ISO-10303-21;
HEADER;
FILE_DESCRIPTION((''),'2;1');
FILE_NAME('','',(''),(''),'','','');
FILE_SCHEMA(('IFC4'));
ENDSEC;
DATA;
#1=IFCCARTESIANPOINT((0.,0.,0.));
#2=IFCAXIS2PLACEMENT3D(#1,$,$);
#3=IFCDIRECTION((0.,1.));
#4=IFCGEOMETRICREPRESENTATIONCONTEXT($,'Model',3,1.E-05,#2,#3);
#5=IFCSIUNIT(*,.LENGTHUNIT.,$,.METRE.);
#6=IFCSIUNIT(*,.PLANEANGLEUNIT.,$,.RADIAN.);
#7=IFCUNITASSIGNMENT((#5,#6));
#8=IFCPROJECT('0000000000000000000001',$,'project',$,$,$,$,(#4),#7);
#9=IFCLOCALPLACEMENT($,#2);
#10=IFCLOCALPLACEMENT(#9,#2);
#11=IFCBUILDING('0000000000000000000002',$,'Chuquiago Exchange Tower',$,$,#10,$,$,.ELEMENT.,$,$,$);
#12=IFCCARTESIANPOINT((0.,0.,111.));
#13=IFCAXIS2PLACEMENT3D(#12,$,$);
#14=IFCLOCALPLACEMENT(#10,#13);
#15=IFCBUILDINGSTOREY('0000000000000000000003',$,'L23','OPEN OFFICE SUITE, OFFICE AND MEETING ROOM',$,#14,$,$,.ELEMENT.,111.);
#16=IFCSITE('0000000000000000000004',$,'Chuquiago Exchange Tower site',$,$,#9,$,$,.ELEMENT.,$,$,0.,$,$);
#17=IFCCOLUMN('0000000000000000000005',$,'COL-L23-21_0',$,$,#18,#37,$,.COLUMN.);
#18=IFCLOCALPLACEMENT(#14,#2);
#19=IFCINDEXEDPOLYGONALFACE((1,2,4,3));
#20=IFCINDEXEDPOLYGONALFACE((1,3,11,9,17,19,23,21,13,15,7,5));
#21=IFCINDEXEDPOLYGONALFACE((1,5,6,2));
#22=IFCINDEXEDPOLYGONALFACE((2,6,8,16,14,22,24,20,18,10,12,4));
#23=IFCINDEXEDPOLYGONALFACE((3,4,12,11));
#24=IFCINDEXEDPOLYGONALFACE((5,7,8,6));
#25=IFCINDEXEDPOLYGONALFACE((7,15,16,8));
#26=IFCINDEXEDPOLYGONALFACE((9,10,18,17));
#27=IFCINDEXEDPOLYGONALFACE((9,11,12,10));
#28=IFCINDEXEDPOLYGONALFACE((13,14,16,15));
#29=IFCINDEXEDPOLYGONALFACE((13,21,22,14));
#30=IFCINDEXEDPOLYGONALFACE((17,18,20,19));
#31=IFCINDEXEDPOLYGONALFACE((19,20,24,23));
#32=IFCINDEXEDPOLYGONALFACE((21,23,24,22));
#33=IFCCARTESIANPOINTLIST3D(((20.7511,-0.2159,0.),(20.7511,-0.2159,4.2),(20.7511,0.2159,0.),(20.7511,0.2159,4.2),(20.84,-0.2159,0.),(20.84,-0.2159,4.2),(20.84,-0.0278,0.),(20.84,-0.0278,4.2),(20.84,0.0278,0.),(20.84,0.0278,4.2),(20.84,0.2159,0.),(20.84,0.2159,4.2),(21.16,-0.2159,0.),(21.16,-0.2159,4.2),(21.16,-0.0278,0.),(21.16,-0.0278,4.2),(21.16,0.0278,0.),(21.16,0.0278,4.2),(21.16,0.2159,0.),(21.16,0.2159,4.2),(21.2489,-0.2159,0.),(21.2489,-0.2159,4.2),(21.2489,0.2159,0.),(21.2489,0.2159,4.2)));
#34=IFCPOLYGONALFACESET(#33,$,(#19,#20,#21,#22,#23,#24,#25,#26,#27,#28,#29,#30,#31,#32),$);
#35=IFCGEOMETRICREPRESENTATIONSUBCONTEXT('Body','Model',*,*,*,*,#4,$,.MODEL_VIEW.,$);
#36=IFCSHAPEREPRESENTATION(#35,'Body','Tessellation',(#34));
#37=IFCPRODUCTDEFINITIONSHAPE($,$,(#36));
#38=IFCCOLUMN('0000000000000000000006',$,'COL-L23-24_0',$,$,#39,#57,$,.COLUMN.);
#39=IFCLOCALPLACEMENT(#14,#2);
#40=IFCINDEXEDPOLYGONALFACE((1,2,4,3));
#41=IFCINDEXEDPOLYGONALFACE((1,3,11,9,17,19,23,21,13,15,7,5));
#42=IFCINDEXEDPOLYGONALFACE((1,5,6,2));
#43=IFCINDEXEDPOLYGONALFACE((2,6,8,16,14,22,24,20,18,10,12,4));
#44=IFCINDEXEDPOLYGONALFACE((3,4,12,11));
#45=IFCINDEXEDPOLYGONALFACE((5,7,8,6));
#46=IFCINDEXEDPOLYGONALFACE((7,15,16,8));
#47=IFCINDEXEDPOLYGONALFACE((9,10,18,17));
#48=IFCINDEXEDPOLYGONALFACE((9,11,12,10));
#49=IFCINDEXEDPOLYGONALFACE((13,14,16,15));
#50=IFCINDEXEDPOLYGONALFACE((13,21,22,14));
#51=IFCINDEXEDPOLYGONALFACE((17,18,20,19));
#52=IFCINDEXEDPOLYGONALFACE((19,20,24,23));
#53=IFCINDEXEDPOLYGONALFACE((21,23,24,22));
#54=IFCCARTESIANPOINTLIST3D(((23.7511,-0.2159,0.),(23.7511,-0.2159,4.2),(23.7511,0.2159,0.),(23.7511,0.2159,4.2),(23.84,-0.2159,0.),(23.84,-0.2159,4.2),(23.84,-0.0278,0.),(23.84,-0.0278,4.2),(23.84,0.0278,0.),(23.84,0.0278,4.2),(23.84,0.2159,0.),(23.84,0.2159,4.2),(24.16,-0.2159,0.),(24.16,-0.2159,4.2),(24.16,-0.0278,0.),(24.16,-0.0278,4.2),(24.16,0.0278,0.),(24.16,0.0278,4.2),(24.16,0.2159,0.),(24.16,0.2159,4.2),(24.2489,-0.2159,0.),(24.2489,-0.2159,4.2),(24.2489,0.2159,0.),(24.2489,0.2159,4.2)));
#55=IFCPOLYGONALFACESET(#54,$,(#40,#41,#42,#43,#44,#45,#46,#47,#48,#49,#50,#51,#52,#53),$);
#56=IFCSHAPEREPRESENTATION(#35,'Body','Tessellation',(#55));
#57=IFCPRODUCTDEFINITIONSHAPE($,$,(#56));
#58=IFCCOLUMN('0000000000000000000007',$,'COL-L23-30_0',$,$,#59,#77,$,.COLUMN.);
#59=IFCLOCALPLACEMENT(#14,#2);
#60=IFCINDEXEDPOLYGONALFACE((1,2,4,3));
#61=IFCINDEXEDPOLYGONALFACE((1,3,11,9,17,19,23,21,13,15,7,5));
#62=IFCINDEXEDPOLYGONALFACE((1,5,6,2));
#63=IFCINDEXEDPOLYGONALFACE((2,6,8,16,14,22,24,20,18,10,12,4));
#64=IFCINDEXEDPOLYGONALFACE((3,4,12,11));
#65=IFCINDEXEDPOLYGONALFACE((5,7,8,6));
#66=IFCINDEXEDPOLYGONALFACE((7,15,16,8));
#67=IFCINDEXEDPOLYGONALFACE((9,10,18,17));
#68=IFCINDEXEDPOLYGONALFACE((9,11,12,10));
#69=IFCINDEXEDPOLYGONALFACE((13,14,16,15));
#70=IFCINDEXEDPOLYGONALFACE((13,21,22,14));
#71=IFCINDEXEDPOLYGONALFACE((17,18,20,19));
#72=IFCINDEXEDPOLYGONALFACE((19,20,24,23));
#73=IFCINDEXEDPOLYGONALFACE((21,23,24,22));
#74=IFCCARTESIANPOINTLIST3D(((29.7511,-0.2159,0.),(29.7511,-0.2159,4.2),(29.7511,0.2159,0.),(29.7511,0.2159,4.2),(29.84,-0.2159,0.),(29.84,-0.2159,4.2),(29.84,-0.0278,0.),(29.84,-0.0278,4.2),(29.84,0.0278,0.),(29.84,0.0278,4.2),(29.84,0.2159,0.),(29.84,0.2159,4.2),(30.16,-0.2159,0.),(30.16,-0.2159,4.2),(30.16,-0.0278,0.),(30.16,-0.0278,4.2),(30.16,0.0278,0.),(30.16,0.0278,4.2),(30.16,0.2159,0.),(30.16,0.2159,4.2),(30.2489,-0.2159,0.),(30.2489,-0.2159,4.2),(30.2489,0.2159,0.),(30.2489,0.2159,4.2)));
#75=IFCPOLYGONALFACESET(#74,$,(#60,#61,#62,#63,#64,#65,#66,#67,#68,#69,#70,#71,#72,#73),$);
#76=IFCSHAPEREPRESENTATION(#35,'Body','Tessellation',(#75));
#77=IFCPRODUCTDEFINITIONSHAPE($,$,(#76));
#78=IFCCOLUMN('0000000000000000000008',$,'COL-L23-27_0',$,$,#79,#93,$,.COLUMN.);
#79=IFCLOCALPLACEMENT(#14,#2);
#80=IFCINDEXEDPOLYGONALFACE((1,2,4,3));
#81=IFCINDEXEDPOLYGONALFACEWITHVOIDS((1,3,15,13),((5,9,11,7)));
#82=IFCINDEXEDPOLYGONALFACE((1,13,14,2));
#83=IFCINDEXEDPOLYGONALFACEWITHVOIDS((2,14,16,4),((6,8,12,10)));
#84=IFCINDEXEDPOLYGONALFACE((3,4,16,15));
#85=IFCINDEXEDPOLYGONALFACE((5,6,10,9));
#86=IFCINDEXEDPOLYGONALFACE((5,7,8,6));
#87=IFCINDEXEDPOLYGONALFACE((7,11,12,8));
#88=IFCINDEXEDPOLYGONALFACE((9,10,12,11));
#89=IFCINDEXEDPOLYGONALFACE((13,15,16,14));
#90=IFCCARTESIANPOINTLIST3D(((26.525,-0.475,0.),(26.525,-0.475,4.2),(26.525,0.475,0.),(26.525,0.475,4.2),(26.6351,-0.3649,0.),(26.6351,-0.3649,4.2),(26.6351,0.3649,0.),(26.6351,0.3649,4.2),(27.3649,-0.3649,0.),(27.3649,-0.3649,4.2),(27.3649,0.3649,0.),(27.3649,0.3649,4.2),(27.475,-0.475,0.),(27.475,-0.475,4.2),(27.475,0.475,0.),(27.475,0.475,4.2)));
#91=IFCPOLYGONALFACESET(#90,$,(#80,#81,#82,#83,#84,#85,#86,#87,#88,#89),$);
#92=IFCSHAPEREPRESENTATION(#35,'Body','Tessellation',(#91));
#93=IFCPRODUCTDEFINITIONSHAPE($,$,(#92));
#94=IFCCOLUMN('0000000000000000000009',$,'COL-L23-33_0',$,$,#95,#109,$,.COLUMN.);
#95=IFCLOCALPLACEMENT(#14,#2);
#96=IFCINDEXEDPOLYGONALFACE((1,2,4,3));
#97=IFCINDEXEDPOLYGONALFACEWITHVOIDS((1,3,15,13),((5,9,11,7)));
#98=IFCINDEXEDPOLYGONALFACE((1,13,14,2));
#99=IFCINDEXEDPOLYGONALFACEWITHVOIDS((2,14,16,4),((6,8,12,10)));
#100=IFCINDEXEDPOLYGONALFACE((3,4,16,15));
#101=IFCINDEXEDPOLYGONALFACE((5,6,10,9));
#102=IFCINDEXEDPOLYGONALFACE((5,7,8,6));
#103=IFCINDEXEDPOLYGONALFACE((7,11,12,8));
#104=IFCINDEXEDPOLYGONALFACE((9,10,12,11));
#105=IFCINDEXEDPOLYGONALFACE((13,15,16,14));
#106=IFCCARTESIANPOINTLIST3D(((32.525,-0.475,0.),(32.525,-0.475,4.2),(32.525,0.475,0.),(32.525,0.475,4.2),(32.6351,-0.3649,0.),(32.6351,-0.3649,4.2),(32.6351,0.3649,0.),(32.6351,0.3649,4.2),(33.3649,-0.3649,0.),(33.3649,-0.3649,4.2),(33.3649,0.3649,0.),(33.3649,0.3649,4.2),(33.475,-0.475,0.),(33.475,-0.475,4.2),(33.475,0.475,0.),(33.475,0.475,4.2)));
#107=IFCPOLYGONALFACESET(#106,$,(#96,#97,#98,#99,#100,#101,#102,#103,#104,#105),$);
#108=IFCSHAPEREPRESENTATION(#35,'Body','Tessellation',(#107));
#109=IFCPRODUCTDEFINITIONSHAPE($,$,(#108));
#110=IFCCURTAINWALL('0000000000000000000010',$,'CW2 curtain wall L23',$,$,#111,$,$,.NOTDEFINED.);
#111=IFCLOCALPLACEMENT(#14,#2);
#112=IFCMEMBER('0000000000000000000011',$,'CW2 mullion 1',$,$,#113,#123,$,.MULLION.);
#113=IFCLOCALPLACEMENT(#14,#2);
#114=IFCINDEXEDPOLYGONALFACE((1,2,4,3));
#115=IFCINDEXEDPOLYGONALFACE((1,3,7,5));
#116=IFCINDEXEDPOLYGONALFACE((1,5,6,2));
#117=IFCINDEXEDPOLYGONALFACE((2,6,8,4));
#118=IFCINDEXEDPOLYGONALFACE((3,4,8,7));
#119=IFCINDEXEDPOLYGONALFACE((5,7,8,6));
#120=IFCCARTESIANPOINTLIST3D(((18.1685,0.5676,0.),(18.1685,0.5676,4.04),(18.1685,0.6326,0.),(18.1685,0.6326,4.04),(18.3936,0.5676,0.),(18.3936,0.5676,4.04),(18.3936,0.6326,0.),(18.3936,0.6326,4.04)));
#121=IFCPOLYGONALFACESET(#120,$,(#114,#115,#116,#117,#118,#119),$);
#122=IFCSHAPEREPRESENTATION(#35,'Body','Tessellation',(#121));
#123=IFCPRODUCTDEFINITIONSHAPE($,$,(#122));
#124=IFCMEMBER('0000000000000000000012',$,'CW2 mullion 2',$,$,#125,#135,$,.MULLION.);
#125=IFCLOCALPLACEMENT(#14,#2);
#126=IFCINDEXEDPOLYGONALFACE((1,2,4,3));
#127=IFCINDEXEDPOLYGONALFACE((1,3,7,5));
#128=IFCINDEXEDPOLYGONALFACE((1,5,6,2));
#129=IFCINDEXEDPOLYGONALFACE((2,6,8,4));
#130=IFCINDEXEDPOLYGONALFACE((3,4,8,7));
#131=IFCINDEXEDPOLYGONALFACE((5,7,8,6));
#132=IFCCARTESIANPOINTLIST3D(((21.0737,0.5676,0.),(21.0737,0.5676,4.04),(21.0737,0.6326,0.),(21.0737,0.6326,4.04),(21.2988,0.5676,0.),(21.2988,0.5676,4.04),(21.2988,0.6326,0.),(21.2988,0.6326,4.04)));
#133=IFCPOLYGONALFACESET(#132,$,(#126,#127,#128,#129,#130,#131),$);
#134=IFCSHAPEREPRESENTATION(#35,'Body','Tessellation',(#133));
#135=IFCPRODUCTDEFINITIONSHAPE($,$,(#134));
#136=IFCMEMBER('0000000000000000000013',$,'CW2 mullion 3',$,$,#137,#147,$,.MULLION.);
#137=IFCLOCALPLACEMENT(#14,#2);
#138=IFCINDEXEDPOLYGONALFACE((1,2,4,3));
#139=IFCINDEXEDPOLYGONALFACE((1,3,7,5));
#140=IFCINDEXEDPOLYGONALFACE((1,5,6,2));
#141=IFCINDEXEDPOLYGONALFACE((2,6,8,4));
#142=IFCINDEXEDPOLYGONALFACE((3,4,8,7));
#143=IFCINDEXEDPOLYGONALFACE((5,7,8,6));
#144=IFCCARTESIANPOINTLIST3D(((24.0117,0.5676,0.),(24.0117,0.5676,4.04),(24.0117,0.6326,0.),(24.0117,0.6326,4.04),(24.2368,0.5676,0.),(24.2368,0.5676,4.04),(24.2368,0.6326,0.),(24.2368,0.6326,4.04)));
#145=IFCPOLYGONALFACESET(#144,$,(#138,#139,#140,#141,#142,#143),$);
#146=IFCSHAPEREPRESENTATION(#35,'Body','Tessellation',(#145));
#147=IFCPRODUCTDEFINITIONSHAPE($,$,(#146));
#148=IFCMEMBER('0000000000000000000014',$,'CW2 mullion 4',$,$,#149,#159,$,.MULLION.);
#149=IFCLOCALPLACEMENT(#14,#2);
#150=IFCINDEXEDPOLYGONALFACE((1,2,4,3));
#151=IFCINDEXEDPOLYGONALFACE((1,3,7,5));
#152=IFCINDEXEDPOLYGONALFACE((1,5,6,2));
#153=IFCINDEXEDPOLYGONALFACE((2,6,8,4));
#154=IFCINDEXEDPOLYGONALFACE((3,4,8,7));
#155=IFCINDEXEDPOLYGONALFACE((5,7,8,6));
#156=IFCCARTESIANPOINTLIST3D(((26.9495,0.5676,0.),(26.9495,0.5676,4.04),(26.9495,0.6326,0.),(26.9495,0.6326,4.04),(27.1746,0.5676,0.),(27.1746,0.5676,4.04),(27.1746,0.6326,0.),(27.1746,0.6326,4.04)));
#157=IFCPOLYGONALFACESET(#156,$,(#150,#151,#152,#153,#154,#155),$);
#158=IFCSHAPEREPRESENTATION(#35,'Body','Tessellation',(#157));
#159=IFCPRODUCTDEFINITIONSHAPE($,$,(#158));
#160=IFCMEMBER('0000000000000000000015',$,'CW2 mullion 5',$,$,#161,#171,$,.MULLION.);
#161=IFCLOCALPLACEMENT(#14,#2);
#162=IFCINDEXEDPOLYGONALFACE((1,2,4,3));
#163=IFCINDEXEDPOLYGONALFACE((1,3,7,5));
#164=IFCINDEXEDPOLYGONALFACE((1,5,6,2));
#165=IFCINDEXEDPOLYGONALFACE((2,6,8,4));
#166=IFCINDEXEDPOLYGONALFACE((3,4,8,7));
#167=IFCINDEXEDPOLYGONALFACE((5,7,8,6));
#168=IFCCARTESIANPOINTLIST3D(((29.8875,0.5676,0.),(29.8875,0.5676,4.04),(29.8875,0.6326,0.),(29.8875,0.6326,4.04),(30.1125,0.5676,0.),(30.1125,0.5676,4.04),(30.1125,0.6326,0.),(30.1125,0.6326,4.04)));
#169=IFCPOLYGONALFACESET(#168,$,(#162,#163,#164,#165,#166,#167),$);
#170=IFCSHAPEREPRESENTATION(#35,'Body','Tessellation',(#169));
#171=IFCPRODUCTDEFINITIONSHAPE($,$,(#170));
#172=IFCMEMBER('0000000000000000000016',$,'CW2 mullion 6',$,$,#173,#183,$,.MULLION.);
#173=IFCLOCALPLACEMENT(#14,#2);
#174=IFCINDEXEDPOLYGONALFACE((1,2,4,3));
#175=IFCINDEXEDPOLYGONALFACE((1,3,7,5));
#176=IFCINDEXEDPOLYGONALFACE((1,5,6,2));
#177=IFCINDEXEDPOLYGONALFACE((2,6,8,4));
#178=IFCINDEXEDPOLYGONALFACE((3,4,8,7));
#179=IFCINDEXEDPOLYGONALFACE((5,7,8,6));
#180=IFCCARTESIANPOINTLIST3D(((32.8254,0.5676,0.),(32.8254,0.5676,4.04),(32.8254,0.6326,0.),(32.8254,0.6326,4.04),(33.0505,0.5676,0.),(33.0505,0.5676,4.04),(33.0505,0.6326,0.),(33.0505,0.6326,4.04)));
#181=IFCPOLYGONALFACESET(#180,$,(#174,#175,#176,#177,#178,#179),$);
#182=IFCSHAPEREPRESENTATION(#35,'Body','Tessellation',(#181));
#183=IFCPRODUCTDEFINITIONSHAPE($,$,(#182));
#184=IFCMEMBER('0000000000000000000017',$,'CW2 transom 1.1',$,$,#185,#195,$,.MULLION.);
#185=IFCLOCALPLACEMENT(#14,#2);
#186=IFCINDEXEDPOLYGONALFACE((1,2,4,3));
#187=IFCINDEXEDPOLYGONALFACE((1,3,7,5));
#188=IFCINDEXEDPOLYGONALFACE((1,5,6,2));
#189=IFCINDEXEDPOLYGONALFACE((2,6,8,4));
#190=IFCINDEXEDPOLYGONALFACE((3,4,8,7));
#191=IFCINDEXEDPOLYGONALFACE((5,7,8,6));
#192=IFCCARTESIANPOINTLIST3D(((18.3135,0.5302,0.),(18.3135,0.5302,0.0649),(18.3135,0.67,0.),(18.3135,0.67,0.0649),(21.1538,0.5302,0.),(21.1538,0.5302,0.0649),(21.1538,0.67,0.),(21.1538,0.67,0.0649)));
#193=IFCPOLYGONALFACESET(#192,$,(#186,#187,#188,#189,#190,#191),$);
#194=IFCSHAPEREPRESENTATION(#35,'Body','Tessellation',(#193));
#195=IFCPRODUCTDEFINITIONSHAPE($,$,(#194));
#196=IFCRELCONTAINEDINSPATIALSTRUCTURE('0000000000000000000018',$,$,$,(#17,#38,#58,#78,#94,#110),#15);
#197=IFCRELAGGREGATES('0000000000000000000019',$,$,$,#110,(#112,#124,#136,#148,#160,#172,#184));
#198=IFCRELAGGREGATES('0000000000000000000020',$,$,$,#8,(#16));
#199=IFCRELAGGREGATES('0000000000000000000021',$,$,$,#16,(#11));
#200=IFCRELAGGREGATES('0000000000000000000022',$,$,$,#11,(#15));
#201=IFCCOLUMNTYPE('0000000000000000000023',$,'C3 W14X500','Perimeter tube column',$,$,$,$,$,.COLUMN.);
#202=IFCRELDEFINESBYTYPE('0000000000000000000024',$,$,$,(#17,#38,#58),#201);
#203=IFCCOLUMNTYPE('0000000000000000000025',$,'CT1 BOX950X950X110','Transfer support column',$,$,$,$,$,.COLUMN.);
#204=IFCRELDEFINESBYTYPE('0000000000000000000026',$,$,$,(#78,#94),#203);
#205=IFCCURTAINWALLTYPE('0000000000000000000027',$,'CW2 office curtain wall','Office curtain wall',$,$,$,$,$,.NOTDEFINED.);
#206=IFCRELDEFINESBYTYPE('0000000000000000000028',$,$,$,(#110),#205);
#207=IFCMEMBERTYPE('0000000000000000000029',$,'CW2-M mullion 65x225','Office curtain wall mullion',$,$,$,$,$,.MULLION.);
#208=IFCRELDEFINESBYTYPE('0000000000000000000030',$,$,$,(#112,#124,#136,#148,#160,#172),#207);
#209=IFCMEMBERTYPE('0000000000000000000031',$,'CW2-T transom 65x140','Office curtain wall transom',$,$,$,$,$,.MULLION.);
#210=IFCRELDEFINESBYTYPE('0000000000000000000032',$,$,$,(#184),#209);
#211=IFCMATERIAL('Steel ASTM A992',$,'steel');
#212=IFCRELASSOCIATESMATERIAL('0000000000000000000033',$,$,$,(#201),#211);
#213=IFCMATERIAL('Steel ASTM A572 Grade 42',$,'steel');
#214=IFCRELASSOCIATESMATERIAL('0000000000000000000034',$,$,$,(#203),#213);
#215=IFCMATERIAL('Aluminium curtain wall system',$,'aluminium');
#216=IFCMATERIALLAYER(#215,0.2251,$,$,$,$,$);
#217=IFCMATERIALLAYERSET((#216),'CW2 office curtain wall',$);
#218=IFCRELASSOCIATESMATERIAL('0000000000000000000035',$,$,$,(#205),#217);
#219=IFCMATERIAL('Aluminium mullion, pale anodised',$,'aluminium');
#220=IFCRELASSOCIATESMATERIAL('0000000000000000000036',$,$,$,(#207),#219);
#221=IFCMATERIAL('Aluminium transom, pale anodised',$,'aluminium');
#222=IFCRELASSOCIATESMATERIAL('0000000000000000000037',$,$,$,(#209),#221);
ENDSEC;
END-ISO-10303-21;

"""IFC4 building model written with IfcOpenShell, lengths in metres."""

from ifc_helpers import new_model, si_unit, direction, frame, origin, origin_2d, place, context, subcontext, project, spatial, rectangle, hollow_rectangle, i_section, extrude, material, layer, layer_set, material_profile, profile_set, type_object, element, aggregate, save


model = new_model("IFC4")

# Units and contexts
model_context = context("Model", 3, precision=1e-05, world=origin(), true_north=direction((0.0, 1.0)))
body_context = subcontext(model_context, "Body", "Model", "MODEL_VIEW")
ifc_project = project(units=[si_unit("LENGTHUNIT", "METRE"), si_unit("PLANEANGLEUNIT", "RADIAN")], contexts=[model_context])

# Site, building, storey
site_placement = place(None, origin())
site = spatial("IfcSite", under=ifc_project, at=site_placement, Name="Chuquiago Exchange Tower site", CompositionType="ELEMENT", RefElevation=0.0)
building_placement = place(site_placement, origin())
building = spatial("IfcBuilding", under=site, at=building_placement, Name="Chuquiago Exchange Tower", CompositionType="ELEMENT")
storey_placement = place(building_placement, frame((0.0, 0.0, 111.0)))
storey = spatial("IfcBuildingStorey", under=building, at=storey_placement, Name="L23", Description="OPEN OFFICE SUITE, OFFICE AND MEETING ROOM", CompositionType="ELEMENT", Elevation=111.0)

# Columns
ifc_material_1 = material(Name="Steel ASTM A992", Category="steel")
ifc_material_profile_1 = material_profile(ifc_material_1, i_section(OverallWidth=0.4319, OverallDepth=0.4978, WebThickness=0.0557, FlangeThickness=0.0889, at=origin_2d()), Name="W14X500")
ifc_profile_set_1 = profile_set([ifc_material_profile_1], Name="Steel ASTM A992")
column_type_1 = type_object("IfcColumnType", Name="C3 W14X500", Description="Perimeter tube column", PredefinedType="COLUMN", material=ifc_profile_set_1)
for number, where, z_axis, x_axis, name in (
    (1, (21.0, 0.0, 0.0), (0.0, 0.0, 1.0), (0.0, -1.0, 0.0), "COL-L23-21_0"),
    (2, (24.0, 0.0, 0.0), (0.0, 0.0, 1.0), (0.0, -1.0, 0.0), "COL-L23-24_0"),
    (3, (30.0, 0.0, 0.0), (0.0, 0.0, 1.0), (0.0, -1.0, 0.0), "COL-L23-30_0"),
):
    element("IfcColumn", number, at=place(storey_placement, frame(where, z_axis=z_axis, x_axis=x_axis)), inside=storey, type_object=column_type_1, Name=name, PredefinedType="COLUMN", context=body_context, shape_type="SweptSolid", body=[
        extrude(i_section(OverallWidth=0.4319, OverallDepth=0.4978, WebThickness=0.0557, FlangeThickness=0.0889, at=origin_2d()), origin(), (0.0, 0.0, 1.0), 4.2),
    ])
ifc_material_2 = material(Name="Steel ASTM A572 Grade 42", Category="steel")
ifc_material_profile_2 = material_profile(ifc_material_2, hollow_rectangle(XDim=0.95, YDim=0.95, WallThickness=0.1101, at=origin_2d()), Name="BOX950X950X110")
ifc_profile_set_2 = profile_set([ifc_material_profile_2], Name="Steel ASTM A572 Grade 42")
column_type_2 = type_object("IfcColumnType", Name="CT1 BOX950X950X110", Description="Transfer support column", PredefinedType="COLUMN", material=ifc_profile_set_2)
for number, where, z_axis, x_axis, name in (
    (4, (27.0, 0.0, 0.0), (0.0, 0.0, 1.0), (0.0, -1.0, 0.0), "COL-L23-27_0"),
    (5, (33.0, 0.0, 0.0), (0.0, 0.0, 1.0), (0.0, -1.0, 0.0), "COL-L23-33_0"),
):
    element("IfcColumn", number, at=place(storey_placement, frame(where, z_axis=z_axis, x_axis=x_axis)), inside=storey, type_object=column_type_2, Name=name, PredefinedType="COLUMN", context=body_context, shape_type="SweptSolid", body=[
        extrude(hollow_rectangle(XDim=0.95, YDim=0.95, WallThickness=0.1101, at=origin_2d()), origin(), (0.0, 0.0, 1.0), 4.2),
    ])

# Curtain wall, members
ifc_material_3 = material(Name="Aluminium curtain wall system", Category="aluminium")
ifc_layer_1 = layer(ifc_material_3, 0.2251)
ifc_layer_set_1 = layer_set([ifc_layer_1], Name="CW2 office curtain wall")
curtain_wall_type_1 = type_object("IfcCurtainWallType", Name="CW2 office curtain wall", Description="Office curtain wall", PredefinedType="NOTDEFINED", material=ifc_layer_set_1)
curtain_wall_1_placement = place(storey_placement, origin())
curtain_wall_1 = element("IfcCurtainWall", 6, at=curtain_wall_1_placement, inside=storey, type_object=curtain_wall_type_1, Name="CW2 curtain wall L23", PredefinedType="NOTDEFINED")
ifc_material_4 = material(Name="Aluminium mullion, pale anodised", Category="aluminium")
ifc_material_profile_3 = material_profile(ifc_material_4, rectangle(XDim=0.0649, YDim=0.2251, at=origin_2d()), Name="AL 65x225")
ifc_profile_set_3 = profile_set([ifc_material_profile_3], Name="Aluminium mullion, pale anodised")
member_type_1 = type_object("IfcMemberType", Name="CW2-M mullion 65x225", Description="Office curtain wall mullion", PredefinedType="MULLION", material=ifc_profile_set_3)
member_1_placement = place(storey_placement, frame((18.281, 0.6001, 0.0), z_axis=(0.0, 0.0, 1.0), x_axis=(0.0, 1.0, 0.0)))
member_1 = element("IfcMember", 7, at=member_1_placement, type_object=member_type_1, Name="CW2 mullion 1", PredefinedType="MULLION", context=body_context, shape_type="SweptSolid", body=[
    extrude(rectangle(XDim=0.0649, YDim=0.2251, at=origin_2d()), origin(), (0.0, 0.0, 1.0), 4.04),
])
member_2_placement = place(storey_placement, frame((21.1863, 0.6001, 0.0), z_axis=(0.0, 0.0, 1.0), x_axis=(0.0, 1.0, 0.0)))
member_2 = element("IfcMember", 8, at=member_2_placement, type_object=member_type_1, Name="CW2 mullion 2", PredefinedType="MULLION", context=body_context, shape_type="SweptSolid", body=[
    extrude(rectangle(XDim=0.0649, YDim=0.2251, at=origin_2d()), origin(), (0.0, 0.0, 1.0), 4.04),
])
member_3_placement = place(storey_placement, frame((24.1243, 0.6001, 0.0), z_axis=(0.0, 0.0, 1.0), x_axis=(0.0, 1.0, 0.0)))
member_3 = element("IfcMember", 9, at=member_3_placement, type_object=member_type_1, Name="CW2 mullion 3", PredefinedType="MULLION", context=body_context, shape_type="SweptSolid", body=[
    extrude(rectangle(XDim=0.0649, YDim=0.2251, at=origin_2d()), origin(), (0.0, 0.0, 1.0), 4.04),
])
member_4_placement = place(storey_placement, frame((27.062, 0.6001, 0.0), z_axis=(0.0, 0.0, 1.0), x_axis=(0.0, 1.0, 0.0)))
member_4 = element("IfcMember", 10, at=member_4_placement, type_object=member_type_1, Name="CW2 mullion 4", PredefinedType="MULLION", context=body_context, shape_type="SweptSolid", body=[
    extrude(rectangle(XDim=0.0649, YDim=0.2251, at=origin_2d()), origin(), (0.0, 0.0, 1.0), 4.04),
])
member_5_placement = place(storey_placement, frame((30.0, 0.6001, 0.0), z_axis=(0.0, 0.0, 1.0), x_axis=(0.0, 1.0, 0.0)))
member_5 = element("IfcMember", 11, at=member_5_placement, type_object=member_type_1, Name="CW2 mullion 5", PredefinedType="MULLION", context=body_context, shape_type="SweptSolid", body=[
    extrude(rectangle(XDim=0.0649, YDim=0.2251, at=origin_2d()), origin(), (0.0, 0.0, 1.0), 4.04),
])
member_6_placement = place(storey_placement, frame((32.938, 0.6001, 0.0), z_axis=(0.0, 0.0, 1.0), x_axis=(0.0, 1.0, 0.0)))
member_6 = element("IfcMember", 12, at=member_6_placement, type_object=member_type_1, Name="CW2 mullion 6", PredefinedType="MULLION", context=body_context, shape_type="SweptSolid", body=[
    extrude(rectangle(XDim=0.0649, YDim=0.2251, at=origin_2d()), origin(), (0.0, 0.0, 1.0), 4.04),
])
ifc_material_5 = material(Name="Aluminium transom, pale anodised", Category="aluminium")
ifc_material_profile_4 = material_profile(ifc_material_5, rectangle(XDim=0.1399, YDim=0.0649, at=origin_2d()), Name="AL 140x65")
ifc_profile_set_4 = profile_set([ifc_material_profile_4], Name="Aluminium transom, pale anodised")
member_type_2 = type_object("IfcMemberType", Name="CW2-T transom 65x140", Description="Office curtain wall transom", PredefinedType="MULLION", material=ifc_profile_set_4)
member_7_placement = place(storey_placement, frame((18.3135, 0.6001, 0.0325), z_axis=(1.0, 0.0, 0.0), x_axis=(0.0, 1.0, 0.0)))
member_7 = element("IfcMember", 13, at=member_7_placement, type_object=member_type_2, Name="CW2 transom 1.1", PredefinedType="MULLION", context=body_context, shape_type="SweptSolid", body=[
    extrude(rectangle(XDim=0.1399, YDim=0.0649, at=origin_2d()), origin(), (0.0, 0.0, 1.0), 2.8403),
])

aggregate(curtain_wall_1, [member_1, member_2, member_3, member_4, member_5, member_6, member_7])

save(model, "model.ifc")
